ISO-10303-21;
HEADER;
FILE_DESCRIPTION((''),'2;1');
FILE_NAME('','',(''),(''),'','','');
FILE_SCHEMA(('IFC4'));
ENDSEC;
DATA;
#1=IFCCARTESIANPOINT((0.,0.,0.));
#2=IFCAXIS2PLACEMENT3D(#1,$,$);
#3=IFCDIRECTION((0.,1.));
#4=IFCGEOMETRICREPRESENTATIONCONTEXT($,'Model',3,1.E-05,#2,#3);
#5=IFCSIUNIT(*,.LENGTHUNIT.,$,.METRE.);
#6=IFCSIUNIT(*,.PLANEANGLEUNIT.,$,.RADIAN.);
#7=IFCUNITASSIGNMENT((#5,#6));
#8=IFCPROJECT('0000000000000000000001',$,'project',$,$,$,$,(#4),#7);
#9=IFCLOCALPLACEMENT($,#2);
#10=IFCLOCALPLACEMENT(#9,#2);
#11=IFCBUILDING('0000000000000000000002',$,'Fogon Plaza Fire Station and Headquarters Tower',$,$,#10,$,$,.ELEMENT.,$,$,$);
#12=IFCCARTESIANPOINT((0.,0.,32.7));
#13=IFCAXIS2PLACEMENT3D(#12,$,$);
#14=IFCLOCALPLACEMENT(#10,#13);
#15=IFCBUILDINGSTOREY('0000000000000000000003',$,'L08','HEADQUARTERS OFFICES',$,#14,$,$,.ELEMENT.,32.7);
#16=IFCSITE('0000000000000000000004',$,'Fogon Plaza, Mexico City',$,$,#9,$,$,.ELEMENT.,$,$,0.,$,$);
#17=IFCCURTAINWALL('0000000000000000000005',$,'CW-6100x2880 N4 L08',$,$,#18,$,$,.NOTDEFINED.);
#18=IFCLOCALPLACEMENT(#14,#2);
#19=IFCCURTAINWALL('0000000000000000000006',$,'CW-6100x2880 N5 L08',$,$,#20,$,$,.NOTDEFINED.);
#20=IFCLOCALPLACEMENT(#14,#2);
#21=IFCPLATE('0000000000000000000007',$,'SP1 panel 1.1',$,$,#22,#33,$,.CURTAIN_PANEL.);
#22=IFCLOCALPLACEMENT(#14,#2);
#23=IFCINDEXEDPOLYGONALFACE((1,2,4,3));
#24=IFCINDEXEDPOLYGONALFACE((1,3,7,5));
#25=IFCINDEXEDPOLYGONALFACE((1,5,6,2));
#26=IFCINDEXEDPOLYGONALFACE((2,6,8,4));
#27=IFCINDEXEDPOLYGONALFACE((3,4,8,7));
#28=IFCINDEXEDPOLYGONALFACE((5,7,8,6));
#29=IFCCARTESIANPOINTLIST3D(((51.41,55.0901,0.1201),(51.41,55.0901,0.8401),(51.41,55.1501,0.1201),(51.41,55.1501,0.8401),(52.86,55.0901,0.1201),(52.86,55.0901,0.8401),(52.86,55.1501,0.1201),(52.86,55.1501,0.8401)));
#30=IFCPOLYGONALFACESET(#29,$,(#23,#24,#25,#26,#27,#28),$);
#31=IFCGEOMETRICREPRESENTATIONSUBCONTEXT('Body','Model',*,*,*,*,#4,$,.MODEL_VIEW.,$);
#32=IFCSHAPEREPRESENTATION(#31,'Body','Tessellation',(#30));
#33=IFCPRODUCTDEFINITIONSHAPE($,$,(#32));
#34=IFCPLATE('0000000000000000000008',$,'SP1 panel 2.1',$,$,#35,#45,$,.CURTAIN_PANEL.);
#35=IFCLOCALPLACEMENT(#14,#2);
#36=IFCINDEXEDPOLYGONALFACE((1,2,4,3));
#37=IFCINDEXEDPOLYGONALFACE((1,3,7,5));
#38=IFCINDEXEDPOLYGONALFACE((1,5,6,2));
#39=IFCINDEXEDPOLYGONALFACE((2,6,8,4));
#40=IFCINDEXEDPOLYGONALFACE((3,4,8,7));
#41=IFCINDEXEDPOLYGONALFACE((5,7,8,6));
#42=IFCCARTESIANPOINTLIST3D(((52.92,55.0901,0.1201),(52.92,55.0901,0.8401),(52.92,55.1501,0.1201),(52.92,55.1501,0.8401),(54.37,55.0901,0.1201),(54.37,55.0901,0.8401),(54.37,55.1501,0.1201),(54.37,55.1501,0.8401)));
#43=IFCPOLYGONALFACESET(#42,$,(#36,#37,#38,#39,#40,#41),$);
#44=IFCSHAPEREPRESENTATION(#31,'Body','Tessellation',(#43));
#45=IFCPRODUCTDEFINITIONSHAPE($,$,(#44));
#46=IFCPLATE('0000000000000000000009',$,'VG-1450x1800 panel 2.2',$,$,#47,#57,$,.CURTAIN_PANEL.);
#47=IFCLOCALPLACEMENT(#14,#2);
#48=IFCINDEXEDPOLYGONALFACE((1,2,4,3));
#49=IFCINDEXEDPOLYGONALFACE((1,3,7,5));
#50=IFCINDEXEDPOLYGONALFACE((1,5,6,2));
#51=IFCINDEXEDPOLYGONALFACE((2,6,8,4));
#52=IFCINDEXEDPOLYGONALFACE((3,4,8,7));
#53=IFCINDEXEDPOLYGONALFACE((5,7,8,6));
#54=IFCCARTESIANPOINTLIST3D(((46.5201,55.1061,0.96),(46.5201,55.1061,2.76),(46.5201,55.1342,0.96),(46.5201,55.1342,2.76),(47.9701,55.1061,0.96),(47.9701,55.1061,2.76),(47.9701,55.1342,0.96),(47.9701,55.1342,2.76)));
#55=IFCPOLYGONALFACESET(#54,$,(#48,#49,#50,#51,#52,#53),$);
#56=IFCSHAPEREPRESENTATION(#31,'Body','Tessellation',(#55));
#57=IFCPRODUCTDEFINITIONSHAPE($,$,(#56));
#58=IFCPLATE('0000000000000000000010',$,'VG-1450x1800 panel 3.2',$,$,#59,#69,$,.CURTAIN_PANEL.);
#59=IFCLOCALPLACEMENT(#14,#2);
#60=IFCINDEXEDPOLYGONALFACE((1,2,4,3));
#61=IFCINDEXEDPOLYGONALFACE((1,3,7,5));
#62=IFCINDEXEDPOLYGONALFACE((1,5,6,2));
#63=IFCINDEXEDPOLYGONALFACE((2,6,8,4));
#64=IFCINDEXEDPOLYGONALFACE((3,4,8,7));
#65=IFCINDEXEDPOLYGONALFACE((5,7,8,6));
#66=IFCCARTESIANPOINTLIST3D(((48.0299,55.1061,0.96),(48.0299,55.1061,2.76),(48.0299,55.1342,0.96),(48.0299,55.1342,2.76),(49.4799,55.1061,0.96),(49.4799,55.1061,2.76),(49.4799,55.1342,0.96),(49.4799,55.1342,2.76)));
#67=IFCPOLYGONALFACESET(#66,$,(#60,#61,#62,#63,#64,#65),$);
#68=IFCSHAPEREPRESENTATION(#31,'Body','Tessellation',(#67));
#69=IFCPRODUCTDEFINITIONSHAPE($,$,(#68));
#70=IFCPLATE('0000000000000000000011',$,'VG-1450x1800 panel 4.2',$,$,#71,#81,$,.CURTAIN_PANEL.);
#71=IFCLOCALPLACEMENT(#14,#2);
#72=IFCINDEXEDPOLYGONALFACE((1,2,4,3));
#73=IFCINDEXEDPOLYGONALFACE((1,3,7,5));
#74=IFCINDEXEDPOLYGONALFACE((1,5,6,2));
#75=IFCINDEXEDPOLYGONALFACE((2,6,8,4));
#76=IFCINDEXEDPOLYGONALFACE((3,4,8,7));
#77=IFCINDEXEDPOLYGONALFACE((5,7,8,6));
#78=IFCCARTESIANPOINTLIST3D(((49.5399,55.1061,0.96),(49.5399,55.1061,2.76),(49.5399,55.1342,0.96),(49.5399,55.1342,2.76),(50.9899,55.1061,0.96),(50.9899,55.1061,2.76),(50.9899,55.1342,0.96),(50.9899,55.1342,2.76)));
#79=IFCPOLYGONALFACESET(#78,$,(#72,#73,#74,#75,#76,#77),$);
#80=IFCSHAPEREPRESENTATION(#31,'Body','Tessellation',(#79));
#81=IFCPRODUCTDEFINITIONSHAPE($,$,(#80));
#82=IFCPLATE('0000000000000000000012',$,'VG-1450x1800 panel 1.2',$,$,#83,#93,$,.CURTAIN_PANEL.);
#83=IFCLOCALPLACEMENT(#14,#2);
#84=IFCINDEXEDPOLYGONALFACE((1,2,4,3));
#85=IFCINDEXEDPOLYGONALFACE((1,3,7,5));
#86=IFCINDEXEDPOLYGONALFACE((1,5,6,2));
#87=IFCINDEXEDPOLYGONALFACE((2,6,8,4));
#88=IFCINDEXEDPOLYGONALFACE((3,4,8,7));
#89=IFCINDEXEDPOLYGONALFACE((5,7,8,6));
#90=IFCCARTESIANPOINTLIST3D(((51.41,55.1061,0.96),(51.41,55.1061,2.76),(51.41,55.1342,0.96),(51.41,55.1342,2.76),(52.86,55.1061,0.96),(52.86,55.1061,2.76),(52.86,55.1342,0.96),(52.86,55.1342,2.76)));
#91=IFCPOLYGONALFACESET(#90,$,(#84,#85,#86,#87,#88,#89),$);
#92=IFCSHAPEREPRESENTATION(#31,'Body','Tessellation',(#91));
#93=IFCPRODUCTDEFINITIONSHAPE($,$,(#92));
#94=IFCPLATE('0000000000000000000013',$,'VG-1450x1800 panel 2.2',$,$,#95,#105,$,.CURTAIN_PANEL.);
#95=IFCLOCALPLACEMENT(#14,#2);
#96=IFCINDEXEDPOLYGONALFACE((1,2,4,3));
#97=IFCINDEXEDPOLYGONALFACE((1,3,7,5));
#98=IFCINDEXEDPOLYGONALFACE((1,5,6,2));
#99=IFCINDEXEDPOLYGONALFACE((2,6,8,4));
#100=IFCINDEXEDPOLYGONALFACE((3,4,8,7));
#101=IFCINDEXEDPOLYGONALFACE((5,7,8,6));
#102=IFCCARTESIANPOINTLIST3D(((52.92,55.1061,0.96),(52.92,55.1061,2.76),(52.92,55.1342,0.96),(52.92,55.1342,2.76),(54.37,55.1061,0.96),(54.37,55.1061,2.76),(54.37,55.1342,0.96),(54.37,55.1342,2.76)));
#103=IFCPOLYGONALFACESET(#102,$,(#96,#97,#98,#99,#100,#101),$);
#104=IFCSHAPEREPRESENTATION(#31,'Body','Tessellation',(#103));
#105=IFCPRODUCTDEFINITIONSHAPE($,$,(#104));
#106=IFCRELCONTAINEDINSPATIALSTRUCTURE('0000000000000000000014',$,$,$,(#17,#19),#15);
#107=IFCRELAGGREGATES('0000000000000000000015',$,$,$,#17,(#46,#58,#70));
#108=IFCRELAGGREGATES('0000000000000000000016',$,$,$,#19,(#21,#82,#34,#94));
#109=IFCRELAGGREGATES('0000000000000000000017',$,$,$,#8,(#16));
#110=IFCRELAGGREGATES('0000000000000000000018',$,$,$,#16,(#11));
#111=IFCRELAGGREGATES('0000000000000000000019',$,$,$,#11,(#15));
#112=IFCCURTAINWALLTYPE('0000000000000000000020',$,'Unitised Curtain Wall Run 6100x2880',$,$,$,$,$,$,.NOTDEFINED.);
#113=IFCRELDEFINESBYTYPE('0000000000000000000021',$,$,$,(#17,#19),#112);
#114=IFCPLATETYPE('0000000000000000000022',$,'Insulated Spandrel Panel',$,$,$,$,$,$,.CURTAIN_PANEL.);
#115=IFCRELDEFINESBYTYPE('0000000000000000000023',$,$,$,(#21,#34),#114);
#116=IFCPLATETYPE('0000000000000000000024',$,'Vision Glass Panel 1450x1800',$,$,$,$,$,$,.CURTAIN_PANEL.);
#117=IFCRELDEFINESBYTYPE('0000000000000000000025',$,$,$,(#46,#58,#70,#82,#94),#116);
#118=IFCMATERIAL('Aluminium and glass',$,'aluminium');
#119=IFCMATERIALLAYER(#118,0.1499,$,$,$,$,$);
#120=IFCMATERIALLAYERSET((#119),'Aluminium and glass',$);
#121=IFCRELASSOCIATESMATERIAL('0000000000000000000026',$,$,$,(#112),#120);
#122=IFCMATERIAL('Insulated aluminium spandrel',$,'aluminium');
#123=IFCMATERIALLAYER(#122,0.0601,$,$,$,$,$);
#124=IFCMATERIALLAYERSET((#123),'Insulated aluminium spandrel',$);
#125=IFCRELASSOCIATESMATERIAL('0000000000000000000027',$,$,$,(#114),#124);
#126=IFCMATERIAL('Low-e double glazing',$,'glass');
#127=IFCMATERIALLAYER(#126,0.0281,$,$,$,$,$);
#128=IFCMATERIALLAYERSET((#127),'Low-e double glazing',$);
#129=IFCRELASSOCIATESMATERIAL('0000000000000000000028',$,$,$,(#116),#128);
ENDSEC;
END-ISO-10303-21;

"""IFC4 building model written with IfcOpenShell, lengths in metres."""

from ifc_helpers import new_model, si_unit, direction, frame, origin, origin_2d, place, context, subcontext, project, spatial, rectangle, extrude, material, layer, layer_set, type_object, element, aggregate, save


model = new_model("IFC4")

# Units and contexts
model_context = context("Model", 3, precision=1e-05, world=origin(), true_north=direction((0.0, 1.0)))
body_context = subcontext(model_context, "Body", "Model", "MODEL_VIEW")
ifc_project = project(units=[si_unit("LENGTHUNIT", "METRE"), si_unit("PLANEANGLEUNIT", "RADIAN")], contexts=[model_context])

# Site, building, storey
site_placement = place(None, origin())
site = spatial("IfcSite", under=ifc_project, at=site_placement, Name="Fogon Plaza, Mexico City", CompositionType="ELEMENT", RefElevation=0.0)
building_placement = place(site_placement, origin())
building = spatial("IfcBuilding", under=site, at=building_placement, Name="Fogon Plaza Fire Station and Headquarters Tower", CompositionType="ELEMENT")
storey_placement = place(building_placement, frame((0.0, 0.0, 32.7)))
storey = spatial("IfcBuildingStorey", under=building, at=storey_placement, Name="L08", Description="HEADQUARTERS OFFICES", CompositionType="ELEMENT", Elevation=32.7)

# Curtain walls
ifc_material_1 = material(Name="Aluminium and glass", Category="aluminium")
ifc_layer_1 = layer(ifc_material_1, 0.1499)
ifc_layer_set_1 = layer_set([ifc_layer_1], Name="Aluminium and glass")
curtain_wall_type = type_object("IfcCurtainWallType", Name="Unitised Curtain Wall Run 6100x2880", PredefinedType="NOTDEFINED", material=ifc_layer_set_1)
curtain_wall_1_placement = place(storey_placement, origin())
curtain_wall_1 = element("IfcCurtainWall", 1, at=curtain_wall_1_placement, inside=storey, type_object=curtain_wall_type, Name="CW-6100x2880 N4 L08", PredefinedType="NOTDEFINED")
curtain_wall_2_placement = place(storey_placement, origin())
curtain_wall_2 = element("IfcCurtainWall", 2, at=curtain_wall_2_placement, inside=storey, type_object=curtain_wall_type, Name="CW-6100x2880 N5 L08", PredefinedType="NOTDEFINED")

# Plates
ifc_material_2 = material(Name="Insulated aluminium spandrel", Category="aluminium")
ifc_layer_2 = layer(ifc_material_2, 0.0601)
ifc_layer_set_2 = layer_set([ifc_layer_2], Name="Insulated aluminium spandrel")
plate_type_1 = type_object("IfcPlateType", Name="Insulated Spandrel Panel", PredefinedType="CURTAIN_PANEL", material=ifc_layer_set_2)
plate_1_placement = place(storey_placement, frame((52.135, 55.1201, 0.1201), z_axis=(0.0, 0.0, 1.0), x_axis=(1.0, 0.0, 0.0)))
plate_1 = element("IfcPlate", 3, at=plate_1_placement, type_object=plate_type_1, Name="SP1 panel 1.1", PredefinedType="CURTAIN_PANEL", context=body_context, shape_type="SweptSolid", body=[
    extrude(rectangle(XDim=1.45, YDim=0.0601, at=origin_2d()), origin(), (0.0, 0.0, 1.0), 0.72),
])
plate_2_placement = place(storey_placement, frame((53.645, 55.1201, 0.1201), z_axis=(0.0, 0.0, 1.0), x_axis=(1.0, 0.0, 0.0)))
plate_2 = element("IfcPlate", 4, at=plate_2_placement, type_object=plate_type_1, Name="SP1 panel 2.1", PredefinedType="CURTAIN_PANEL", context=body_context, shape_type="SweptSolid", body=[
    extrude(rectangle(XDim=1.45, YDim=0.0601, at=origin_2d()), origin(), (0.0, 0.0, 1.0), 0.72),
])
ifc_material_3 = material(Name="Low-e double glazing", Category="glass")
ifc_layer_3 = layer(ifc_material_3, 0.0281)
ifc_layer_set_3 = layer_set([ifc_layer_3], Name="Low-e double glazing")
plate_type_2 = type_object("IfcPlateType", Name="Vision Glass Panel 1450x1800", PredefinedType="CURTAIN_PANEL", material=ifc_layer_set_3)
plate_3_placement = place(storey_placement, frame((47.2451, 55.1201, 0.96), z_axis=(0.0, 0.0, 1.0), x_axis=(1.0, 0.0, 0.0)))
plate_3 = element("IfcPlate", 5, at=plate_3_placement, type_object=plate_type_2, Name="VG-1450x1800 panel 2.2", PredefinedType="CURTAIN_PANEL", context=body_context, shape_type="SweptSolid", body=[
    extrude(rectangle(XDim=1.45, YDim=0.0281, at=origin_2d()), origin(), (0.0, 0.0, 1.0), 1.8),
])
plate_4_placement = place(storey_placement, frame((48.7549, 55.1201, 0.96), z_axis=(0.0, 0.0, 1.0), x_axis=(1.0, 0.0, 0.0)))
plate_4 = element("IfcPlate", 6, at=plate_4_placement, type_object=plate_type_2, Name="VG-1450x1800 panel 3.2", PredefinedType="CURTAIN_PANEL", context=body_context, shape_type="SweptSolid", body=[
    extrude(rectangle(XDim=1.45, YDim=0.0281, at=origin_2d()), origin(), (0.0, 0.0, 1.0), 1.8),
])
plate_5_placement = place(storey_placement, frame((50.2649, 55.1201, 0.96), z_axis=(0.0, 0.0, 1.0), x_axis=(1.0, 0.0, 0.0)))
plate_5 = element("IfcPlate", 7, at=plate_5_placement, type_object=plate_type_2, Name="VG-1450x1800 panel 4.2", PredefinedType="CURTAIN_PANEL", context=body_context, shape_type="SweptSolid", body=[
    extrude(rectangle(XDim=1.45, YDim=0.0281, at=origin_2d()), origin(), (0.0, 0.0, 1.0), 1.8),
])
aggregate(curtain_wall_1, [plate_3, plate_4, plate_5])
plate_6_placement = place(storey_placement, frame((52.135, 55.1201, 0.96), z_axis=(0.0, 0.0, 1.0), x_axis=(1.0, 0.0, 0.0)))
plate_6 = element("IfcPlate", 8, at=plate_6_placement, type_object=plate_type_2, Name="VG-1450x1800 panel 1.2", PredefinedType="CURTAIN_PANEL", context=body_context, shape_type="SweptSolid", body=[
    extrude(rectangle(XDim=1.45, YDim=0.0281, at=origin_2d()), origin(), (0.0, 0.0, 1.0), 1.8),
])
plate_7_placement = place(storey_placement, frame((53.645, 55.1201, 0.96), z_axis=(0.0, 0.0, 1.0), x_axis=(1.0, 0.0, 0.0)))
plate_7 = element("IfcPlate", 9, at=plate_7_placement, type_object=plate_type_2, Name="VG-1450x1800 panel 2.2", PredefinedType="CURTAIN_PANEL", context=body_context, shape_type="SweptSolid", body=[
    extrude(rectangle(XDim=1.45, YDim=0.0281, at=origin_2d()), origin(), (0.0, 0.0, 1.0), 1.8),
])
aggregate(curtain_wall_2, [plate_1, plate_6, plate_2, plate_7])

save(model, "model.ifc")
